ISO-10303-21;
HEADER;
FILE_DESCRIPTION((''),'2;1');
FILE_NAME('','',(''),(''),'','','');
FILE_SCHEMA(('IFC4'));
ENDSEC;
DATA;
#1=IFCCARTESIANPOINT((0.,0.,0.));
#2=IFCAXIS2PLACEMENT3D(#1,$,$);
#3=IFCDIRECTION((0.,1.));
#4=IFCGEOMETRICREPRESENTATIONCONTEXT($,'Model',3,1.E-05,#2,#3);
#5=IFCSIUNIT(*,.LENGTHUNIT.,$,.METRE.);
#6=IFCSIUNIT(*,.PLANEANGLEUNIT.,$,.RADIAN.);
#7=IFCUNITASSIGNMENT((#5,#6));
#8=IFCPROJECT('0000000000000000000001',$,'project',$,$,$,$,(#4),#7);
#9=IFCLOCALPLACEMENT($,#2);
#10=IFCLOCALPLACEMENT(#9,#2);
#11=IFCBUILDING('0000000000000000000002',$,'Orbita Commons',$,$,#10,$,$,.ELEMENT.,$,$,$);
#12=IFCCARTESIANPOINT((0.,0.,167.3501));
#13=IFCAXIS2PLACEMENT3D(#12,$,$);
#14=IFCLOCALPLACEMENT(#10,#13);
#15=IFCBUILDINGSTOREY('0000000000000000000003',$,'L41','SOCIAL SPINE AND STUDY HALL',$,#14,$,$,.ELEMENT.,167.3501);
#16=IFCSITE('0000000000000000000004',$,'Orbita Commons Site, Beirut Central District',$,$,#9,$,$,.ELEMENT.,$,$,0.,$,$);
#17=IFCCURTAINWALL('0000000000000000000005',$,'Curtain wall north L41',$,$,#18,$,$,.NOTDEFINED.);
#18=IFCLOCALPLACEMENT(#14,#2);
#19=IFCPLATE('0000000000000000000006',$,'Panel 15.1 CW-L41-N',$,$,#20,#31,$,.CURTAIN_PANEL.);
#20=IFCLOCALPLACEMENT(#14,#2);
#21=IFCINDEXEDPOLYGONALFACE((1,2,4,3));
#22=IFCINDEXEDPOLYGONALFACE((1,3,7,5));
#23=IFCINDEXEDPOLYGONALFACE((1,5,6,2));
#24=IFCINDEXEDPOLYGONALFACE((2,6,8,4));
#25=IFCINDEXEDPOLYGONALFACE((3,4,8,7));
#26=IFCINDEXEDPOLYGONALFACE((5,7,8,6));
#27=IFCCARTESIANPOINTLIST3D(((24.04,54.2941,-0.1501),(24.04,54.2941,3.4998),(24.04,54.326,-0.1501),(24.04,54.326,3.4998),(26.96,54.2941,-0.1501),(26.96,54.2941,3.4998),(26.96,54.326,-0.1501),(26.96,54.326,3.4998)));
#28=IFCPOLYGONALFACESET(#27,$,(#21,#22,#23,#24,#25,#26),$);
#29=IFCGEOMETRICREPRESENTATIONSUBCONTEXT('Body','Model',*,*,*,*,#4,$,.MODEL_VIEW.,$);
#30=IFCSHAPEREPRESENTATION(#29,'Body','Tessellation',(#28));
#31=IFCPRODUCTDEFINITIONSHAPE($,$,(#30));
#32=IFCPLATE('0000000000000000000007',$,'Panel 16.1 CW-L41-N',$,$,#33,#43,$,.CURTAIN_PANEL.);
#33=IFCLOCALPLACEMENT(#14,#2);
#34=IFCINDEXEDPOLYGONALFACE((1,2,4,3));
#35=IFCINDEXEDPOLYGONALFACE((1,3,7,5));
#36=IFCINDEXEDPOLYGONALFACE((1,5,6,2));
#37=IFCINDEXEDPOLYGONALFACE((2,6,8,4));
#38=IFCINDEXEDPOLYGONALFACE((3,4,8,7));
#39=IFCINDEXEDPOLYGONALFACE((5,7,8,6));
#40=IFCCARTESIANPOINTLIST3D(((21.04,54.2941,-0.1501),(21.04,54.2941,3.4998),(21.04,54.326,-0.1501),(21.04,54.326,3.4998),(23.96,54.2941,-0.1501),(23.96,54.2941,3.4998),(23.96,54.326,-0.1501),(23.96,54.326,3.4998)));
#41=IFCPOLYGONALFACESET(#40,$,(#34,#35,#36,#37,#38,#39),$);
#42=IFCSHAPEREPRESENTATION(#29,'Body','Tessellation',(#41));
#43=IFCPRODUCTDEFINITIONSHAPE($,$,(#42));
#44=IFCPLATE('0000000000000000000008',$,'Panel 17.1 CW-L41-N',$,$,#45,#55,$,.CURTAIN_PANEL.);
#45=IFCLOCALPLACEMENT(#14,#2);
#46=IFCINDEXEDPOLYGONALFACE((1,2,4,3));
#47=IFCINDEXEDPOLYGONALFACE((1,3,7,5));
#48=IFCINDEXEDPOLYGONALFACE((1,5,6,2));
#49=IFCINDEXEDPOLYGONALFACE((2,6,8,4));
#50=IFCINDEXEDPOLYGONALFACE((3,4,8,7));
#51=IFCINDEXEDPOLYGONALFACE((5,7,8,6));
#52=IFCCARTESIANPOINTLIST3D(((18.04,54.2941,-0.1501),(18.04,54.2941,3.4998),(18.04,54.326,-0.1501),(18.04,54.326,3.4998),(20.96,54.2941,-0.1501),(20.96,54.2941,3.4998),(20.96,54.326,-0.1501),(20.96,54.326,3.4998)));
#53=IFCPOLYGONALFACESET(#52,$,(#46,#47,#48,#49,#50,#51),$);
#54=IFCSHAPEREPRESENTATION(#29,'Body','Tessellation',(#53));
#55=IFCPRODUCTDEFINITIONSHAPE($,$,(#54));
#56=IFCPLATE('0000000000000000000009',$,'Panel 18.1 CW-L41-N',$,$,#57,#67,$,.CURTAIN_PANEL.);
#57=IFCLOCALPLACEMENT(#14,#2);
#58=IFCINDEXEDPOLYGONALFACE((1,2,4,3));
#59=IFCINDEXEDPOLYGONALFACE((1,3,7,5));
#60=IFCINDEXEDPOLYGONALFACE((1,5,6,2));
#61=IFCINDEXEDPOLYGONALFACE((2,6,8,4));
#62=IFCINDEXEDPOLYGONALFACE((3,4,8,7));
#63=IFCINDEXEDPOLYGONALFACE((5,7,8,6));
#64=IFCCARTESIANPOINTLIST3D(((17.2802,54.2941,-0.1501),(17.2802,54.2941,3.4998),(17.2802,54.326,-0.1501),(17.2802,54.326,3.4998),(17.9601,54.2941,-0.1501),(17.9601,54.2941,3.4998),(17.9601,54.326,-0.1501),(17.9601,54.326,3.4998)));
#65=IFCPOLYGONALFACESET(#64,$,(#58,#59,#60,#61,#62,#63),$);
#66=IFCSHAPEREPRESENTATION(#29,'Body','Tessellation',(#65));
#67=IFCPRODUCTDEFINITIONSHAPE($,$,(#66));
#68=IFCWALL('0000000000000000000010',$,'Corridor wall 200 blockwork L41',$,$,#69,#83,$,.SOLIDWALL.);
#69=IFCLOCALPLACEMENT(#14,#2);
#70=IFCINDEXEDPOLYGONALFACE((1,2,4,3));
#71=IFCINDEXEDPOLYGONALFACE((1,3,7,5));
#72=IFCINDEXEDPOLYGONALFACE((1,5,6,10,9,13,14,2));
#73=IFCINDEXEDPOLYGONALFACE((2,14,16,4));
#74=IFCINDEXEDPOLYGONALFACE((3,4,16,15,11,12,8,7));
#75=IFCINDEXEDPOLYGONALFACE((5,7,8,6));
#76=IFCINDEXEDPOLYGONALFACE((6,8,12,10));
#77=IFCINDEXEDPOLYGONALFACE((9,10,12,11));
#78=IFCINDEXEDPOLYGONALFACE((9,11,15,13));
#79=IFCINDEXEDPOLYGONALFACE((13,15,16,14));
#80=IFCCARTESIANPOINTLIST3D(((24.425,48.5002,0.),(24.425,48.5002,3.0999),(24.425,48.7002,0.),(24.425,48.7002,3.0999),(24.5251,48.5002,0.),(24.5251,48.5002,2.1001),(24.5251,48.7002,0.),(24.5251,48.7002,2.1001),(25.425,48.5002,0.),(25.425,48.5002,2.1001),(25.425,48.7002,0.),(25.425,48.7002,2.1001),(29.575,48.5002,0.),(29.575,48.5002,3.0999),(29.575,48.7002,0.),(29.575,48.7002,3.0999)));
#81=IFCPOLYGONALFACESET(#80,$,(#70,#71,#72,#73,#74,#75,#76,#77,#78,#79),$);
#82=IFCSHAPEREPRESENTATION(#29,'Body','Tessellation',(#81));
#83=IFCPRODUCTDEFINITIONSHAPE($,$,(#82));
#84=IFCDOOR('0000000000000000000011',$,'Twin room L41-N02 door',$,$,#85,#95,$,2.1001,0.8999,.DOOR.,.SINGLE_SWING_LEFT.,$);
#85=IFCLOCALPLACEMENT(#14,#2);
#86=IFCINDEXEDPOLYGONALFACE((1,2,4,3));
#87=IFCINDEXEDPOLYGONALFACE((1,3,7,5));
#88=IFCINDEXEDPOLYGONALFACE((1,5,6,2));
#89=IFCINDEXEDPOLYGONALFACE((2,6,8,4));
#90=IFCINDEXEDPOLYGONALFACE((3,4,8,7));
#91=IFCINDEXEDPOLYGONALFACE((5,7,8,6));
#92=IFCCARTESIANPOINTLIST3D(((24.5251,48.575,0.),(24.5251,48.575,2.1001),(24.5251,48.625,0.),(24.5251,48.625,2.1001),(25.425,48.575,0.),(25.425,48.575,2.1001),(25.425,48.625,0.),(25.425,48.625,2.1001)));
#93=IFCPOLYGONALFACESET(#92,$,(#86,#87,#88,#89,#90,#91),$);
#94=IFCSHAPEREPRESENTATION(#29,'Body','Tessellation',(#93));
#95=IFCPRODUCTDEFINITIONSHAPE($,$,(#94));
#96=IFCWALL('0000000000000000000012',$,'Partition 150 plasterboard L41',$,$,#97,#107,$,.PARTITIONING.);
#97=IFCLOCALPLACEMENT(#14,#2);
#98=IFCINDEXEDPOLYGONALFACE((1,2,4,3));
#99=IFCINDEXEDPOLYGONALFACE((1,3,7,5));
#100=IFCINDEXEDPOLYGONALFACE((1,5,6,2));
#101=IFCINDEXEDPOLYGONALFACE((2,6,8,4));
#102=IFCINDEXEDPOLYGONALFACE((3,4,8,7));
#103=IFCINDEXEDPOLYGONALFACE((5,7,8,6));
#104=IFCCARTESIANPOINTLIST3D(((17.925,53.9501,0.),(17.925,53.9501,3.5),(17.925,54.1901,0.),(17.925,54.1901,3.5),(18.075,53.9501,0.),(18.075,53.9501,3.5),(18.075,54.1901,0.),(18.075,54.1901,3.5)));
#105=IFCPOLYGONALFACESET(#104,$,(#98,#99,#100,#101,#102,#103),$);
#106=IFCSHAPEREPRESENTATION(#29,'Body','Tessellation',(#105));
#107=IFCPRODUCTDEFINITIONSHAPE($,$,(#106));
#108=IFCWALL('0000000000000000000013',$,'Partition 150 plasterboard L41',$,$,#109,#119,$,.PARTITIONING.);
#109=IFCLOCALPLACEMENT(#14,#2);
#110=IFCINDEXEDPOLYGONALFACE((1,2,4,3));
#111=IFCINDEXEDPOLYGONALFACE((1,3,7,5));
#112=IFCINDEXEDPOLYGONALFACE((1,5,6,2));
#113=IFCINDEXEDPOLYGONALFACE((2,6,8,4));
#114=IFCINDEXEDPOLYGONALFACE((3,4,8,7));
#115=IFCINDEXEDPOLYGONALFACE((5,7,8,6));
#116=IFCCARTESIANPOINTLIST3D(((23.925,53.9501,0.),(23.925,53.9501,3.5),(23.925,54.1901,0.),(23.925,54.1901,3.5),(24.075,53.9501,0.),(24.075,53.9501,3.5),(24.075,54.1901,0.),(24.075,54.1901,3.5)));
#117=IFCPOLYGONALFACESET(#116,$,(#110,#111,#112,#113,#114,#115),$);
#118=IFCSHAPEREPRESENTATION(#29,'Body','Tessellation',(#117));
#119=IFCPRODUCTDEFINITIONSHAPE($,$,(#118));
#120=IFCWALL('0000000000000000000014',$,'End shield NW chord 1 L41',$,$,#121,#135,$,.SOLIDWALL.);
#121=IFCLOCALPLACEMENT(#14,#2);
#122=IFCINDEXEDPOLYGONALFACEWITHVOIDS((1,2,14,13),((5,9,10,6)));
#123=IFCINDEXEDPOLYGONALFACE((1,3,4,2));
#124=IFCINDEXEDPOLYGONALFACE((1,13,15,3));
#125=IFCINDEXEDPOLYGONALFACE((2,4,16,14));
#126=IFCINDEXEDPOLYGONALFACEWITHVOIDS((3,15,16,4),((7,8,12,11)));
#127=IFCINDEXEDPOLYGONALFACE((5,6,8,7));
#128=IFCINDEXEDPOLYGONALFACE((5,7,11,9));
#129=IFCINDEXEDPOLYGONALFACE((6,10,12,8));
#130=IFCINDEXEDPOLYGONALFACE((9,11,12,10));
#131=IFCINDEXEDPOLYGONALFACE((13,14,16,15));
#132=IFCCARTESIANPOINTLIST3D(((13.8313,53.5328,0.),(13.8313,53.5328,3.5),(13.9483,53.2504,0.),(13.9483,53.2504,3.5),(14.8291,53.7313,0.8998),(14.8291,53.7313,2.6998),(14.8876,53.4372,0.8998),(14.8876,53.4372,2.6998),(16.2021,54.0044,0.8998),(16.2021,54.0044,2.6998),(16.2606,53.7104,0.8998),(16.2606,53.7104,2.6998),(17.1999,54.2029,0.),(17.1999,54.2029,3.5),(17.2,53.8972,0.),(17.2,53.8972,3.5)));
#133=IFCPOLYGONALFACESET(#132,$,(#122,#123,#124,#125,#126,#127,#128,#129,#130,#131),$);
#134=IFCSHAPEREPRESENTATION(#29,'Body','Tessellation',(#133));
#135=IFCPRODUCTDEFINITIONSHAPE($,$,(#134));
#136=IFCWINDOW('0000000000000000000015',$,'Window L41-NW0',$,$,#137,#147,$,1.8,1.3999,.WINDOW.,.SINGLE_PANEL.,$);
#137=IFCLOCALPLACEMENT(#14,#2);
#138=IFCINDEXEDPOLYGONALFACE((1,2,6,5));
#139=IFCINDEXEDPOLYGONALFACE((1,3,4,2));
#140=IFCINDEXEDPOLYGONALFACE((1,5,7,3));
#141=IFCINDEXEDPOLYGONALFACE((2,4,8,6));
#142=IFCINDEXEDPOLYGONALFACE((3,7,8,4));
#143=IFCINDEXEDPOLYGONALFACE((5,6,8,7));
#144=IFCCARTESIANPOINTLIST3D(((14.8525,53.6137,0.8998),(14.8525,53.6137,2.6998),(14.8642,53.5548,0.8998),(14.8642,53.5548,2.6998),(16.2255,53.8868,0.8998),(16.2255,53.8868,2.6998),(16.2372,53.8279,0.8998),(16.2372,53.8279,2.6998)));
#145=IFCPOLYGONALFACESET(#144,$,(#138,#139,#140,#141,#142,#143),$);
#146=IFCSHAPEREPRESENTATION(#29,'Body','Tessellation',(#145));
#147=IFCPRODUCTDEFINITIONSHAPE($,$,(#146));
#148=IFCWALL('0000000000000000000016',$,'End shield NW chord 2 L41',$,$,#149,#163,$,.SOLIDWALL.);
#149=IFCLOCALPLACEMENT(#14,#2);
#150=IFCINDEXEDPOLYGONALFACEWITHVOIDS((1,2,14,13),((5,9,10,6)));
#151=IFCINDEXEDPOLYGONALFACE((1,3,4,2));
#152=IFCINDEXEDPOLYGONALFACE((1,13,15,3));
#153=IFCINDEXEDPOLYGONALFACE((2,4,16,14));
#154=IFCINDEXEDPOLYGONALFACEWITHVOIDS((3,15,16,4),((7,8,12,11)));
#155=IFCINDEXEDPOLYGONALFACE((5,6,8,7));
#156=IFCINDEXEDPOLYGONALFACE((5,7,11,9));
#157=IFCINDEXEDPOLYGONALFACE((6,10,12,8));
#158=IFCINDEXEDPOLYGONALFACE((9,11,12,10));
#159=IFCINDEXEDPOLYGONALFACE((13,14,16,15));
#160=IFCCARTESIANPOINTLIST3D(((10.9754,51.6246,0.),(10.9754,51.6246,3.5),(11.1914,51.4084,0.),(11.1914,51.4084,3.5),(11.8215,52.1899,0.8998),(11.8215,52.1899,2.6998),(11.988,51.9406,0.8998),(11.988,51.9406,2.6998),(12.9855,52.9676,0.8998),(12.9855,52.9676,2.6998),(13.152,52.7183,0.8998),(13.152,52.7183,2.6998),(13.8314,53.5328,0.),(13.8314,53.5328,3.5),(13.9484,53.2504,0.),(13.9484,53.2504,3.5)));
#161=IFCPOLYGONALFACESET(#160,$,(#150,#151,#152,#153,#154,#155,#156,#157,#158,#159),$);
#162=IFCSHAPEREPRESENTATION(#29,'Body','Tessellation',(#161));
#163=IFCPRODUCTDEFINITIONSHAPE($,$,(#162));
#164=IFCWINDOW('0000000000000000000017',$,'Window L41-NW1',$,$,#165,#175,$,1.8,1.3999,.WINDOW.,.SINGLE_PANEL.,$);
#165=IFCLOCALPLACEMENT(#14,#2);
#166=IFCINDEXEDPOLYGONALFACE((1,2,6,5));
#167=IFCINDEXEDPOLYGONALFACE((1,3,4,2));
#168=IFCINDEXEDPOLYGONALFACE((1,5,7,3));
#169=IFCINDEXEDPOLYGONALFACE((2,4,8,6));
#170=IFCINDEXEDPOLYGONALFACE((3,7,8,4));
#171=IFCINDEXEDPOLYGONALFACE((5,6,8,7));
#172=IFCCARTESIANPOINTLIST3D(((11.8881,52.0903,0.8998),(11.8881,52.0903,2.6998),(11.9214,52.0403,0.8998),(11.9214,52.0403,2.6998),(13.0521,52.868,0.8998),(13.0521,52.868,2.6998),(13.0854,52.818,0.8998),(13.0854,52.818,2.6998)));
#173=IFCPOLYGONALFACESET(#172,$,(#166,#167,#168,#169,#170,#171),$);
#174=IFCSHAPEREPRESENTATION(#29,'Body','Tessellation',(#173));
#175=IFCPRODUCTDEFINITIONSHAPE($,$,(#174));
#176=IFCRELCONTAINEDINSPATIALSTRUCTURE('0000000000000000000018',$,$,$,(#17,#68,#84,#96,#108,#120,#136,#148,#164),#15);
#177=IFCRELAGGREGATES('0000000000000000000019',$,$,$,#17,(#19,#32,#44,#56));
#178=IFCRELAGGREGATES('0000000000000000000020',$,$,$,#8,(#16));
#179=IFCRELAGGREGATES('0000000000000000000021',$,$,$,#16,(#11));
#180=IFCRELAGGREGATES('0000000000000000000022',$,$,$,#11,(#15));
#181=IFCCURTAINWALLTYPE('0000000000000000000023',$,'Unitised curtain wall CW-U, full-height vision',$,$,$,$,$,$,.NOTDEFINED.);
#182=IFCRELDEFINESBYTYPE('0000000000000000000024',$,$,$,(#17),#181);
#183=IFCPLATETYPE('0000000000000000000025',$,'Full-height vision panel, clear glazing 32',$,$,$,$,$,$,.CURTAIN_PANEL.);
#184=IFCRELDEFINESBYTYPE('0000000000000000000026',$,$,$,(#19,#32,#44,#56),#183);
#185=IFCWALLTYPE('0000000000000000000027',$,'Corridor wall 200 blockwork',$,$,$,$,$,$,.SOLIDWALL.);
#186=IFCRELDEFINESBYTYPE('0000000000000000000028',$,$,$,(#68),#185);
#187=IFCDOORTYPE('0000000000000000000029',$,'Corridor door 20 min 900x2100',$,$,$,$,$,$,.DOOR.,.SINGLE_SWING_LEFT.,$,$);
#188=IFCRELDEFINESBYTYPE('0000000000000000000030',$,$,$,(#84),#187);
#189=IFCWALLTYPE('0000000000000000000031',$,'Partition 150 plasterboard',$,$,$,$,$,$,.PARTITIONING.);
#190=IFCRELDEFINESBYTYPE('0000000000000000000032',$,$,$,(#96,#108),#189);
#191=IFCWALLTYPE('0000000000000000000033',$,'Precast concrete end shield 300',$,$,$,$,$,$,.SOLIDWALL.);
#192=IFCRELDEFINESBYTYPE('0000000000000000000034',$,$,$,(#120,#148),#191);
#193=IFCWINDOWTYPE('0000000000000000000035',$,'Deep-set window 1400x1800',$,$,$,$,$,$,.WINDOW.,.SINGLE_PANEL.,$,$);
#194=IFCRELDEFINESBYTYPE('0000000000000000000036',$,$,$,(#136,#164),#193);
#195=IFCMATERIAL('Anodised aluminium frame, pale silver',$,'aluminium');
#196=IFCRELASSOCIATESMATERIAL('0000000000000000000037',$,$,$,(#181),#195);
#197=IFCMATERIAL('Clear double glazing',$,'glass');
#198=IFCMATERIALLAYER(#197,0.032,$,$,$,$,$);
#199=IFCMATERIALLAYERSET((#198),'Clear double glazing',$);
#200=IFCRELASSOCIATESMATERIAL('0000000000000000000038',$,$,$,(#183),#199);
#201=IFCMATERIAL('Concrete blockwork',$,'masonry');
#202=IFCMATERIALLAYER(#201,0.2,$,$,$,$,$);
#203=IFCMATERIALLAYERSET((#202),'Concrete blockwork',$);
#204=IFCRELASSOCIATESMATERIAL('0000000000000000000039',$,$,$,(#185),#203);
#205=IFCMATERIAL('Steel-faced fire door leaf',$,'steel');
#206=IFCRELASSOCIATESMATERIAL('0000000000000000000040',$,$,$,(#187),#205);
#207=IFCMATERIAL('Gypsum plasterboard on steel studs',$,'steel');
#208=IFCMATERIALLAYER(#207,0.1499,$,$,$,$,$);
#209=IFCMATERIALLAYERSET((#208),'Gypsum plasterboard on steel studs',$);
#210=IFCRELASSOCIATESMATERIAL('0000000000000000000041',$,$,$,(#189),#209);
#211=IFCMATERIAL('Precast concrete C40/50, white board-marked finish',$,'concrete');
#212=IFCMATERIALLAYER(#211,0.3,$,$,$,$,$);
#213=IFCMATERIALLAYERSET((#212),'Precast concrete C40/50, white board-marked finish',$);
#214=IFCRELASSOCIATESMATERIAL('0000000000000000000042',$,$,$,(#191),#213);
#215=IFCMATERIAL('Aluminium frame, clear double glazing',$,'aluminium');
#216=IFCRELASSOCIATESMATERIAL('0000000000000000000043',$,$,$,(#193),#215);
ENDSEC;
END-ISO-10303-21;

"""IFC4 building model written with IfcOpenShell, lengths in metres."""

from ifc_helpers import new_model, si_unit, direction, frame, frame_2d, origin, origin_2d, place, context, subcontext, project, spatial, polyline, rectangle, outline, extrude, material, layer, layer_set, type_object, element, fill, aggregate, save


model = new_model("IFC4")

# Units and contexts
model_context = context("Model", 3, precision=1e-05, world=origin(), true_north=direction((0.0, 1.0)))
body_context = subcontext(model_context, "Body", "Model", "MODEL_VIEW")
ifc_project = project(units=[si_unit("LENGTHUNIT", "METRE"), si_unit("PLANEANGLEUNIT", "RADIAN")], contexts=[model_context])

# Site, building, storey
site_placement = place(None, origin())
site = spatial("IfcSite", under=ifc_project, at=site_placement, Name="Orbita Commons Site, Beirut Central District", CompositionType="ELEMENT", RefElevation=0.0)
building_placement = place(site_placement, origin())
building = spatial("IfcBuilding", under=site, at=building_placement, Name="Orbita Commons", CompositionType="ELEMENT")
storey_placement = place(building_placement, frame((0.0, 0.0, 167.3501)))
storey = spatial("IfcBuildingStorey", under=building, at=storey_placement, Name="L41", Description="SOCIAL SPINE AND STUDY HALL", CompositionType="ELEMENT", Elevation=167.3501)

# Curtain wall
ifc_material_1 = material(Name="Anodised aluminium frame, pale silver", Category="aluminium")
curtain_wall_type = type_object("IfcCurtainWallType", Name="Unitised curtain wall CW-U, full-height vision", PredefinedType="NOTDEFINED", material=ifc_material_1)
curtain_wall_placement = place(storey_placement, origin())
curtain_wall = element("IfcCurtainWall", 1, at=curtain_wall_placement, inside=storey, type_object=curtain_wall_type, Name="Curtain wall north L41", PredefinedType="NOTDEFINED")

# Plates
ifc_material_2 = material(Name="Clear double glazing", Category="glass")
ifc_layer_1 = layer(ifc_material_2, 0.032)
ifc_layer_set_1 = layer_set([ifc_layer_1], Name="Clear double glazing")
plate_type = type_object("IfcPlateType", Name="Full-height vision panel, clear glazing 32", PredefinedType="CURTAIN_PANEL", material=ifc_layer_set_1)
plate_1_placement = place(storey_placement, frame((25.5, 54.3101, -0.1501), z_axis=(0.0, 0.0, 1.0), x_axis=(-1.0, 0.0, 0.0)))
plate_1 = element("IfcPlate", 2, at=plate_1_placement, type_object=plate_type, Name="Panel 15.1 CW-L41-N", PredefinedType="CURTAIN_PANEL", context=body_context, shape_type="SweptSolid", body=[
    extrude(rectangle(XDim=2.9199, YDim=0.032, at=origin_2d()), origin(), (0.0, 0.0, 1.0), 3.6499),
])
plate_2_placement = place(storey_placement, frame((22.5, 54.3101, -0.1501), z_axis=(0.0, 0.0, 1.0), x_axis=(-1.0, 0.0, 0.0)))
plate_2 = element("IfcPlate", 3, at=plate_2_placement, type_object=plate_type, Name="Panel 16.1 CW-L41-N", PredefinedType="CURTAIN_PANEL", context=body_context, shape_type="SweptSolid", body=[
    extrude(rectangle(XDim=2.9199, YDim=0.032, at=origin_2d()), origin(), (0.0, 0.0, 1.0), 3.6499),
])
plate_3_placement = place(storey_placement, frame((19.5, 54.3101, -0.1501), z_axis=(0.0, 0.0, 1.0), x_axis=(-1.0, 0.0, 0.0)))
plate_3 = element("IfcPlate", 4, at=plate_3_placement, type_object=plate_type, Name="Panel 17.1 CW-L41-N", PredefinedType="CURTAIN_PANEL", context=body_context, shape_type="SweptSolid", body=[
    extrude(rectangle(XDim=2.9199, YDim=0.032, at=origin_2d()), origin(), (0.0, 0.0, 1.0), 3.6499),
])
plate_4_placement = place(storey_placement, frame((17.6201, 54.3101, -0.1501), z_axis=(0.0, 0.0, 1.0), x_axis=(-1.0, 0.0, 0.0)))
plate_4 = element("IfcPlate", 5, at=plate_4_placement, type_object=plate_type, Name="Panel 18.1 CW-L41-N", PredefinedType="CURTAIN_PANEL", context=body_context, shape_type="SweptSolid", body=[
    extrude(rectangle(XDim=0.6799, YDim=0.032, at=origin_2d()), origin(), (0.0, 0.0, 1.0), 3.6499),
])
aggregate(curtain_wall, [plate_1, plate_2, plate_3, plate_4])

# Wall, opening, door
ifc_material_3 = material(Name="Concrete blockwork", Category="masonry")
ifc_layer_2 = layer(ifc_material_3, 0.2)
ifc_layer_set_2 = layer_set([ifc_layer_2], Name="Concrete blockwork")
wall_type_1 = type_object("IfcWallType", Name="Corridor wall 200 blockwork", PredefinedType="SOLIDWALL", material=ifc_layer_set_2)
wall_1_placement = place(storey_placement, frame((24.425, 48.6001, 0.0), z_axis=(0.0, 0.0, 1.0), x_axis=(1.0, 0.0, 0.0)))
wall_1 = element("IfcWall", 6, at=wall_1_placement, inside=storey, type_object=wall_type_1, Name="Corridor wall 200 blockwork L41", PredefinedType="SOLIDWALL", context=body_context, shape_type="SweptSolid", body=[
    extrude(outline(polyline([(0.0, 0.0), (5.1499, 0.0), (5.1499, 3.0999), (0.0, 3.0999), (0.0, 0.0)])), frame((0.0, 0.1001, 0.0), z_axis=(0.0, -1.0, 0.0), x_axis=(1.0, 0.0, 0.0)), (0.0, 0.0, 1.0), 0.2),
])
opening_1_placement = place(wall_1_placement, frame((0.1001, 0.0, 0.0)))
opening_1 = element("IfcOpeningElement", 7, at=opening_1_placement, cuts=wall_1, PredefinedType="OPENING", context=body_context, shape_type="SweptSolid", body=[
    extrude(rectangle(XDim=0.8999, YDim=2.1001, at=frame_2d((0.45, 1.05))), frame((0.0, 0.1099, 0.0), z_axis=(0.0, -1.0, 0.0), x_axis=(1.0, 0.0, 0.0)), (0.0, 0.0, 1.0), 0.22),
])
ifc_material_4 = material(Name="Steel-faced fire door leaf", Category="steel")
door_type = type_object("IfcDoorType", Name="Corridor door 20 min 900x2100", OperationType="SINGLE_SWING_LEFT", PredefinedType="DOOR", material=ifc_material_4)
door_placement = place(opening_1_placement, origin())
door = element("IfcDoor", 8, at=door_placement, inside=storey, type_object=door_type, Name="Twin room L41-N02 door", OperationType="SINGLE_SWING_LEFT", OverallHeight=2.1001, OverallWidth=0.8999, PredefinedType="DOOR", context=body_context, shape_type="SweptSolid", body=[
    extrude(rectangle(XDim=0.8999, YDim=2.1001, at=frame_2d((0.45, 1.05))), frame((0.0, 0.0249, 0.0), z_axis=(0.0, -1.0, 0.0), x_axis=(1.0, 0.0, 0.0)), (0.0, 0.0, 1.0), 0.05),
])
fill(opening_1, door)

# Walls
ifc_material_5 = material(Name="Gypsum plasterboard on steel studs", Category="steel")
ifc_layer_3 = layer(ifc_material_5, 0.1499)
ifc_layer_set_3 = layer_set([ifc_layer_3], Name="Gypsum plasterboard on steel studs")
wall_type_2 = type_object("IfcWallType", Name="Partition 150 plasterboard", PredefinedType="PARTITIONING", material=ifc_layer_set_3)
for number, where, z_axis, x_axis, name in (
    (9, (18.0, 53.95, 0.0), (0.0, 0.0, 1.0), (0.0, 1.0, 0.0), "Partition 150 plasterboard L41"),
    (10, (24.0, 53.95, 0.0), (0.0, 0.0, 1.0), (0.0, 1.0, 0.0), "Partition 150 plasterboard L41"),
):
    element("IfcWall", number, at=place(storey_placement, frame(where, z_axis=z_axis, x_axis=x_axis)), inside=storey, type_object=wall_type_2, Name=name, PredefinedType="PARTITIONING", context=body_context, shape_type="SweptSolid", body=[
        extrude(rectangle(XDim=0.24, YDim=0.1499, at=frame_2d((0.1201, 0.0))), origin(), (0.0, 0.0, 1.0), 3.5),
    ])

# Walls, openings, windows
ifc_material_6 = material(Name="Precast concrete C40/50, white board-marked finish", Category="concrete")
ifc_layer_4 = layer(ifc_material_6, 0.3)
ifc_layer_set_4 = layer_set([ifc_layer_4], Name="Precast concrete C40/50, white board-marked finish")
wall_type_3 = type_object("IfcWallType", Name="Precast concrete end shield 300", PredefinedType="SOLIDWALL", material=ifc_layer_set_4)
wall_2_placement = place(storey_placement, frame((17.2, 54.05, 0.0), z_axis=(0.0, 0.0, 1.0), x_axis=(-0.980783, -0.1951, 0.0)))
wall_2 = element("IfcWall", 11, at=wall_2_placement, inside=storey, type_object=wall_type_3, Name="End shield NW chord 1 L41", PredefinedType="SOLIDWALL", context=body_context, shape_type="SweptSolid", body=[
    extrude(outline(polyline([(-0.0298, -0.1499), (3.4048, -0.1499), (3.3452, 0.1499), (0.0298, 0.1499), (-0.0298, -0.1499)])), origin(), (0.0, 0.0, 1.0), 3.5),
])
opening_2_placement = place(wall_2_placement, frame((0.9875, 0.0, 0.8999)))
opening_2 = element("IfcOpeningElement", 12, at=opening_2_placement, cuts=wall_2, PredefinedType="OPENING", context=body_context, shape_type="SweptSolid", body=[
    extrude(rectangle(XDim=1.3999, YDim=1.8, at=frame_2d((0.7, 0.8999))), frame((0.0, 0.1599, 0.0), z_axis=(0.0, -1.0, 0.0), x_axis=(1.0, 0.0, 0.0)), (0.0, 0.0, 1.0), 0.3201),
])
ifc_material_7 = material(Name="Aluminium frame, clear double glazing", Category="aluminium")
window_type = type_object("IfcWindowType", Name="Deep-set window 1400x1800", PartitioningType="SINGLE_PANEL", PredefinedType="WINDOW", material=ifc_material_7)
window_1_placement = place(opening_2_placement, origin())
window_1 = element("IfcWindow", 13, at=window_1_placement, inside=storey, type_object=window_type, Name="Window L41-NW0", OverallHeight=1.8, OverallWidth=1.3999, PartitioningType="SINGLE_PANEL", PredefinedType="WINDOW", context=body_context, shape_type="SweptSolid", body=[
    extrude(rectangle(XDim=1.3999, YDim=1.8, at=frame_2d((0.7, 0.8999))), frame((0.0, 0.03, 0.0), z_axis=(0.0, -1.0, 0.0), x_axis=(1.0, 0.0, 0.0)), (0.0, 0.0, 1.0), 0.0601),
])
fill(opening_2, window_1)
wall_3_placement = place(storey_placement, frame((13.8899, 53.3916, 0.0), z_axis=(0.0, 0.0, 1.0), x_axis=(-0.831493, -0.555535, 0.0)))
wall_3 = element("IfcWall", 14, at=wall_3_placement, inside=storey, type_object=wall_type_3, Name="End shield NW chord 2 L41", PredefinedType="SOLIDWALL", context=body_context, shape_type="SweptSolid", body=[
    extrude(outline(polyline([(-0.0298, -0.1499), (3.405, -0.1499), (3.3455, 0.1499), (0.0298, 0.1499), (-0.0298, -0.1499)])), origin(), (0.0, 0.0, 1.0), 3.5),
])
opening_3_placement = place(wall_3_placement, frame((0.9875, 0.0, 0.8999)))
opening_3 = element("IfcOpeningElement", 15, at=opening_3_placement, cuts=wall_3, PredefinedType="OPENING", context=body_context, shape_type="SweptSolid", body=[
    extrude(rectangle(XDim=1.3999, YDim=1.8, at=frame_2d((0.7, 0.8999))), frame((0.0, 0.1599, 0.0), z_axis=(0.0, -1.0, 0.0), x_axis=(1.0, 0.0, 0.0)), (0.0, 0.0, 1.0), 0.3201),
])
window_2_placement = place(opening_3_placement, origin())
window_2 = element("IfcWindow", 16, at=window_2_placement, inside=storey, type_object=window_type, Name="Window L41-NW1", OverallHeight=1.8, OverallWidth=1.3999, PartitioningType="SINGLE_PANEL", PredefinedType="WINDOW", context=body_context, shape_type="SweptSolid", body=[
    extrude(rectangle(XDim=1.3999, YDim=1.8, at=frame_2d((0.7, 0.8999))), frame((0.0, 0.03, 0.0), z_axis=(0.0, -1.0, 0.0), x_axis=(1.0, 0.0, 0.0)), (0.0, 0.0, 1.0), 0.0601),
])
fill(opening_3, window_2)

save(model, "model.ifc")
